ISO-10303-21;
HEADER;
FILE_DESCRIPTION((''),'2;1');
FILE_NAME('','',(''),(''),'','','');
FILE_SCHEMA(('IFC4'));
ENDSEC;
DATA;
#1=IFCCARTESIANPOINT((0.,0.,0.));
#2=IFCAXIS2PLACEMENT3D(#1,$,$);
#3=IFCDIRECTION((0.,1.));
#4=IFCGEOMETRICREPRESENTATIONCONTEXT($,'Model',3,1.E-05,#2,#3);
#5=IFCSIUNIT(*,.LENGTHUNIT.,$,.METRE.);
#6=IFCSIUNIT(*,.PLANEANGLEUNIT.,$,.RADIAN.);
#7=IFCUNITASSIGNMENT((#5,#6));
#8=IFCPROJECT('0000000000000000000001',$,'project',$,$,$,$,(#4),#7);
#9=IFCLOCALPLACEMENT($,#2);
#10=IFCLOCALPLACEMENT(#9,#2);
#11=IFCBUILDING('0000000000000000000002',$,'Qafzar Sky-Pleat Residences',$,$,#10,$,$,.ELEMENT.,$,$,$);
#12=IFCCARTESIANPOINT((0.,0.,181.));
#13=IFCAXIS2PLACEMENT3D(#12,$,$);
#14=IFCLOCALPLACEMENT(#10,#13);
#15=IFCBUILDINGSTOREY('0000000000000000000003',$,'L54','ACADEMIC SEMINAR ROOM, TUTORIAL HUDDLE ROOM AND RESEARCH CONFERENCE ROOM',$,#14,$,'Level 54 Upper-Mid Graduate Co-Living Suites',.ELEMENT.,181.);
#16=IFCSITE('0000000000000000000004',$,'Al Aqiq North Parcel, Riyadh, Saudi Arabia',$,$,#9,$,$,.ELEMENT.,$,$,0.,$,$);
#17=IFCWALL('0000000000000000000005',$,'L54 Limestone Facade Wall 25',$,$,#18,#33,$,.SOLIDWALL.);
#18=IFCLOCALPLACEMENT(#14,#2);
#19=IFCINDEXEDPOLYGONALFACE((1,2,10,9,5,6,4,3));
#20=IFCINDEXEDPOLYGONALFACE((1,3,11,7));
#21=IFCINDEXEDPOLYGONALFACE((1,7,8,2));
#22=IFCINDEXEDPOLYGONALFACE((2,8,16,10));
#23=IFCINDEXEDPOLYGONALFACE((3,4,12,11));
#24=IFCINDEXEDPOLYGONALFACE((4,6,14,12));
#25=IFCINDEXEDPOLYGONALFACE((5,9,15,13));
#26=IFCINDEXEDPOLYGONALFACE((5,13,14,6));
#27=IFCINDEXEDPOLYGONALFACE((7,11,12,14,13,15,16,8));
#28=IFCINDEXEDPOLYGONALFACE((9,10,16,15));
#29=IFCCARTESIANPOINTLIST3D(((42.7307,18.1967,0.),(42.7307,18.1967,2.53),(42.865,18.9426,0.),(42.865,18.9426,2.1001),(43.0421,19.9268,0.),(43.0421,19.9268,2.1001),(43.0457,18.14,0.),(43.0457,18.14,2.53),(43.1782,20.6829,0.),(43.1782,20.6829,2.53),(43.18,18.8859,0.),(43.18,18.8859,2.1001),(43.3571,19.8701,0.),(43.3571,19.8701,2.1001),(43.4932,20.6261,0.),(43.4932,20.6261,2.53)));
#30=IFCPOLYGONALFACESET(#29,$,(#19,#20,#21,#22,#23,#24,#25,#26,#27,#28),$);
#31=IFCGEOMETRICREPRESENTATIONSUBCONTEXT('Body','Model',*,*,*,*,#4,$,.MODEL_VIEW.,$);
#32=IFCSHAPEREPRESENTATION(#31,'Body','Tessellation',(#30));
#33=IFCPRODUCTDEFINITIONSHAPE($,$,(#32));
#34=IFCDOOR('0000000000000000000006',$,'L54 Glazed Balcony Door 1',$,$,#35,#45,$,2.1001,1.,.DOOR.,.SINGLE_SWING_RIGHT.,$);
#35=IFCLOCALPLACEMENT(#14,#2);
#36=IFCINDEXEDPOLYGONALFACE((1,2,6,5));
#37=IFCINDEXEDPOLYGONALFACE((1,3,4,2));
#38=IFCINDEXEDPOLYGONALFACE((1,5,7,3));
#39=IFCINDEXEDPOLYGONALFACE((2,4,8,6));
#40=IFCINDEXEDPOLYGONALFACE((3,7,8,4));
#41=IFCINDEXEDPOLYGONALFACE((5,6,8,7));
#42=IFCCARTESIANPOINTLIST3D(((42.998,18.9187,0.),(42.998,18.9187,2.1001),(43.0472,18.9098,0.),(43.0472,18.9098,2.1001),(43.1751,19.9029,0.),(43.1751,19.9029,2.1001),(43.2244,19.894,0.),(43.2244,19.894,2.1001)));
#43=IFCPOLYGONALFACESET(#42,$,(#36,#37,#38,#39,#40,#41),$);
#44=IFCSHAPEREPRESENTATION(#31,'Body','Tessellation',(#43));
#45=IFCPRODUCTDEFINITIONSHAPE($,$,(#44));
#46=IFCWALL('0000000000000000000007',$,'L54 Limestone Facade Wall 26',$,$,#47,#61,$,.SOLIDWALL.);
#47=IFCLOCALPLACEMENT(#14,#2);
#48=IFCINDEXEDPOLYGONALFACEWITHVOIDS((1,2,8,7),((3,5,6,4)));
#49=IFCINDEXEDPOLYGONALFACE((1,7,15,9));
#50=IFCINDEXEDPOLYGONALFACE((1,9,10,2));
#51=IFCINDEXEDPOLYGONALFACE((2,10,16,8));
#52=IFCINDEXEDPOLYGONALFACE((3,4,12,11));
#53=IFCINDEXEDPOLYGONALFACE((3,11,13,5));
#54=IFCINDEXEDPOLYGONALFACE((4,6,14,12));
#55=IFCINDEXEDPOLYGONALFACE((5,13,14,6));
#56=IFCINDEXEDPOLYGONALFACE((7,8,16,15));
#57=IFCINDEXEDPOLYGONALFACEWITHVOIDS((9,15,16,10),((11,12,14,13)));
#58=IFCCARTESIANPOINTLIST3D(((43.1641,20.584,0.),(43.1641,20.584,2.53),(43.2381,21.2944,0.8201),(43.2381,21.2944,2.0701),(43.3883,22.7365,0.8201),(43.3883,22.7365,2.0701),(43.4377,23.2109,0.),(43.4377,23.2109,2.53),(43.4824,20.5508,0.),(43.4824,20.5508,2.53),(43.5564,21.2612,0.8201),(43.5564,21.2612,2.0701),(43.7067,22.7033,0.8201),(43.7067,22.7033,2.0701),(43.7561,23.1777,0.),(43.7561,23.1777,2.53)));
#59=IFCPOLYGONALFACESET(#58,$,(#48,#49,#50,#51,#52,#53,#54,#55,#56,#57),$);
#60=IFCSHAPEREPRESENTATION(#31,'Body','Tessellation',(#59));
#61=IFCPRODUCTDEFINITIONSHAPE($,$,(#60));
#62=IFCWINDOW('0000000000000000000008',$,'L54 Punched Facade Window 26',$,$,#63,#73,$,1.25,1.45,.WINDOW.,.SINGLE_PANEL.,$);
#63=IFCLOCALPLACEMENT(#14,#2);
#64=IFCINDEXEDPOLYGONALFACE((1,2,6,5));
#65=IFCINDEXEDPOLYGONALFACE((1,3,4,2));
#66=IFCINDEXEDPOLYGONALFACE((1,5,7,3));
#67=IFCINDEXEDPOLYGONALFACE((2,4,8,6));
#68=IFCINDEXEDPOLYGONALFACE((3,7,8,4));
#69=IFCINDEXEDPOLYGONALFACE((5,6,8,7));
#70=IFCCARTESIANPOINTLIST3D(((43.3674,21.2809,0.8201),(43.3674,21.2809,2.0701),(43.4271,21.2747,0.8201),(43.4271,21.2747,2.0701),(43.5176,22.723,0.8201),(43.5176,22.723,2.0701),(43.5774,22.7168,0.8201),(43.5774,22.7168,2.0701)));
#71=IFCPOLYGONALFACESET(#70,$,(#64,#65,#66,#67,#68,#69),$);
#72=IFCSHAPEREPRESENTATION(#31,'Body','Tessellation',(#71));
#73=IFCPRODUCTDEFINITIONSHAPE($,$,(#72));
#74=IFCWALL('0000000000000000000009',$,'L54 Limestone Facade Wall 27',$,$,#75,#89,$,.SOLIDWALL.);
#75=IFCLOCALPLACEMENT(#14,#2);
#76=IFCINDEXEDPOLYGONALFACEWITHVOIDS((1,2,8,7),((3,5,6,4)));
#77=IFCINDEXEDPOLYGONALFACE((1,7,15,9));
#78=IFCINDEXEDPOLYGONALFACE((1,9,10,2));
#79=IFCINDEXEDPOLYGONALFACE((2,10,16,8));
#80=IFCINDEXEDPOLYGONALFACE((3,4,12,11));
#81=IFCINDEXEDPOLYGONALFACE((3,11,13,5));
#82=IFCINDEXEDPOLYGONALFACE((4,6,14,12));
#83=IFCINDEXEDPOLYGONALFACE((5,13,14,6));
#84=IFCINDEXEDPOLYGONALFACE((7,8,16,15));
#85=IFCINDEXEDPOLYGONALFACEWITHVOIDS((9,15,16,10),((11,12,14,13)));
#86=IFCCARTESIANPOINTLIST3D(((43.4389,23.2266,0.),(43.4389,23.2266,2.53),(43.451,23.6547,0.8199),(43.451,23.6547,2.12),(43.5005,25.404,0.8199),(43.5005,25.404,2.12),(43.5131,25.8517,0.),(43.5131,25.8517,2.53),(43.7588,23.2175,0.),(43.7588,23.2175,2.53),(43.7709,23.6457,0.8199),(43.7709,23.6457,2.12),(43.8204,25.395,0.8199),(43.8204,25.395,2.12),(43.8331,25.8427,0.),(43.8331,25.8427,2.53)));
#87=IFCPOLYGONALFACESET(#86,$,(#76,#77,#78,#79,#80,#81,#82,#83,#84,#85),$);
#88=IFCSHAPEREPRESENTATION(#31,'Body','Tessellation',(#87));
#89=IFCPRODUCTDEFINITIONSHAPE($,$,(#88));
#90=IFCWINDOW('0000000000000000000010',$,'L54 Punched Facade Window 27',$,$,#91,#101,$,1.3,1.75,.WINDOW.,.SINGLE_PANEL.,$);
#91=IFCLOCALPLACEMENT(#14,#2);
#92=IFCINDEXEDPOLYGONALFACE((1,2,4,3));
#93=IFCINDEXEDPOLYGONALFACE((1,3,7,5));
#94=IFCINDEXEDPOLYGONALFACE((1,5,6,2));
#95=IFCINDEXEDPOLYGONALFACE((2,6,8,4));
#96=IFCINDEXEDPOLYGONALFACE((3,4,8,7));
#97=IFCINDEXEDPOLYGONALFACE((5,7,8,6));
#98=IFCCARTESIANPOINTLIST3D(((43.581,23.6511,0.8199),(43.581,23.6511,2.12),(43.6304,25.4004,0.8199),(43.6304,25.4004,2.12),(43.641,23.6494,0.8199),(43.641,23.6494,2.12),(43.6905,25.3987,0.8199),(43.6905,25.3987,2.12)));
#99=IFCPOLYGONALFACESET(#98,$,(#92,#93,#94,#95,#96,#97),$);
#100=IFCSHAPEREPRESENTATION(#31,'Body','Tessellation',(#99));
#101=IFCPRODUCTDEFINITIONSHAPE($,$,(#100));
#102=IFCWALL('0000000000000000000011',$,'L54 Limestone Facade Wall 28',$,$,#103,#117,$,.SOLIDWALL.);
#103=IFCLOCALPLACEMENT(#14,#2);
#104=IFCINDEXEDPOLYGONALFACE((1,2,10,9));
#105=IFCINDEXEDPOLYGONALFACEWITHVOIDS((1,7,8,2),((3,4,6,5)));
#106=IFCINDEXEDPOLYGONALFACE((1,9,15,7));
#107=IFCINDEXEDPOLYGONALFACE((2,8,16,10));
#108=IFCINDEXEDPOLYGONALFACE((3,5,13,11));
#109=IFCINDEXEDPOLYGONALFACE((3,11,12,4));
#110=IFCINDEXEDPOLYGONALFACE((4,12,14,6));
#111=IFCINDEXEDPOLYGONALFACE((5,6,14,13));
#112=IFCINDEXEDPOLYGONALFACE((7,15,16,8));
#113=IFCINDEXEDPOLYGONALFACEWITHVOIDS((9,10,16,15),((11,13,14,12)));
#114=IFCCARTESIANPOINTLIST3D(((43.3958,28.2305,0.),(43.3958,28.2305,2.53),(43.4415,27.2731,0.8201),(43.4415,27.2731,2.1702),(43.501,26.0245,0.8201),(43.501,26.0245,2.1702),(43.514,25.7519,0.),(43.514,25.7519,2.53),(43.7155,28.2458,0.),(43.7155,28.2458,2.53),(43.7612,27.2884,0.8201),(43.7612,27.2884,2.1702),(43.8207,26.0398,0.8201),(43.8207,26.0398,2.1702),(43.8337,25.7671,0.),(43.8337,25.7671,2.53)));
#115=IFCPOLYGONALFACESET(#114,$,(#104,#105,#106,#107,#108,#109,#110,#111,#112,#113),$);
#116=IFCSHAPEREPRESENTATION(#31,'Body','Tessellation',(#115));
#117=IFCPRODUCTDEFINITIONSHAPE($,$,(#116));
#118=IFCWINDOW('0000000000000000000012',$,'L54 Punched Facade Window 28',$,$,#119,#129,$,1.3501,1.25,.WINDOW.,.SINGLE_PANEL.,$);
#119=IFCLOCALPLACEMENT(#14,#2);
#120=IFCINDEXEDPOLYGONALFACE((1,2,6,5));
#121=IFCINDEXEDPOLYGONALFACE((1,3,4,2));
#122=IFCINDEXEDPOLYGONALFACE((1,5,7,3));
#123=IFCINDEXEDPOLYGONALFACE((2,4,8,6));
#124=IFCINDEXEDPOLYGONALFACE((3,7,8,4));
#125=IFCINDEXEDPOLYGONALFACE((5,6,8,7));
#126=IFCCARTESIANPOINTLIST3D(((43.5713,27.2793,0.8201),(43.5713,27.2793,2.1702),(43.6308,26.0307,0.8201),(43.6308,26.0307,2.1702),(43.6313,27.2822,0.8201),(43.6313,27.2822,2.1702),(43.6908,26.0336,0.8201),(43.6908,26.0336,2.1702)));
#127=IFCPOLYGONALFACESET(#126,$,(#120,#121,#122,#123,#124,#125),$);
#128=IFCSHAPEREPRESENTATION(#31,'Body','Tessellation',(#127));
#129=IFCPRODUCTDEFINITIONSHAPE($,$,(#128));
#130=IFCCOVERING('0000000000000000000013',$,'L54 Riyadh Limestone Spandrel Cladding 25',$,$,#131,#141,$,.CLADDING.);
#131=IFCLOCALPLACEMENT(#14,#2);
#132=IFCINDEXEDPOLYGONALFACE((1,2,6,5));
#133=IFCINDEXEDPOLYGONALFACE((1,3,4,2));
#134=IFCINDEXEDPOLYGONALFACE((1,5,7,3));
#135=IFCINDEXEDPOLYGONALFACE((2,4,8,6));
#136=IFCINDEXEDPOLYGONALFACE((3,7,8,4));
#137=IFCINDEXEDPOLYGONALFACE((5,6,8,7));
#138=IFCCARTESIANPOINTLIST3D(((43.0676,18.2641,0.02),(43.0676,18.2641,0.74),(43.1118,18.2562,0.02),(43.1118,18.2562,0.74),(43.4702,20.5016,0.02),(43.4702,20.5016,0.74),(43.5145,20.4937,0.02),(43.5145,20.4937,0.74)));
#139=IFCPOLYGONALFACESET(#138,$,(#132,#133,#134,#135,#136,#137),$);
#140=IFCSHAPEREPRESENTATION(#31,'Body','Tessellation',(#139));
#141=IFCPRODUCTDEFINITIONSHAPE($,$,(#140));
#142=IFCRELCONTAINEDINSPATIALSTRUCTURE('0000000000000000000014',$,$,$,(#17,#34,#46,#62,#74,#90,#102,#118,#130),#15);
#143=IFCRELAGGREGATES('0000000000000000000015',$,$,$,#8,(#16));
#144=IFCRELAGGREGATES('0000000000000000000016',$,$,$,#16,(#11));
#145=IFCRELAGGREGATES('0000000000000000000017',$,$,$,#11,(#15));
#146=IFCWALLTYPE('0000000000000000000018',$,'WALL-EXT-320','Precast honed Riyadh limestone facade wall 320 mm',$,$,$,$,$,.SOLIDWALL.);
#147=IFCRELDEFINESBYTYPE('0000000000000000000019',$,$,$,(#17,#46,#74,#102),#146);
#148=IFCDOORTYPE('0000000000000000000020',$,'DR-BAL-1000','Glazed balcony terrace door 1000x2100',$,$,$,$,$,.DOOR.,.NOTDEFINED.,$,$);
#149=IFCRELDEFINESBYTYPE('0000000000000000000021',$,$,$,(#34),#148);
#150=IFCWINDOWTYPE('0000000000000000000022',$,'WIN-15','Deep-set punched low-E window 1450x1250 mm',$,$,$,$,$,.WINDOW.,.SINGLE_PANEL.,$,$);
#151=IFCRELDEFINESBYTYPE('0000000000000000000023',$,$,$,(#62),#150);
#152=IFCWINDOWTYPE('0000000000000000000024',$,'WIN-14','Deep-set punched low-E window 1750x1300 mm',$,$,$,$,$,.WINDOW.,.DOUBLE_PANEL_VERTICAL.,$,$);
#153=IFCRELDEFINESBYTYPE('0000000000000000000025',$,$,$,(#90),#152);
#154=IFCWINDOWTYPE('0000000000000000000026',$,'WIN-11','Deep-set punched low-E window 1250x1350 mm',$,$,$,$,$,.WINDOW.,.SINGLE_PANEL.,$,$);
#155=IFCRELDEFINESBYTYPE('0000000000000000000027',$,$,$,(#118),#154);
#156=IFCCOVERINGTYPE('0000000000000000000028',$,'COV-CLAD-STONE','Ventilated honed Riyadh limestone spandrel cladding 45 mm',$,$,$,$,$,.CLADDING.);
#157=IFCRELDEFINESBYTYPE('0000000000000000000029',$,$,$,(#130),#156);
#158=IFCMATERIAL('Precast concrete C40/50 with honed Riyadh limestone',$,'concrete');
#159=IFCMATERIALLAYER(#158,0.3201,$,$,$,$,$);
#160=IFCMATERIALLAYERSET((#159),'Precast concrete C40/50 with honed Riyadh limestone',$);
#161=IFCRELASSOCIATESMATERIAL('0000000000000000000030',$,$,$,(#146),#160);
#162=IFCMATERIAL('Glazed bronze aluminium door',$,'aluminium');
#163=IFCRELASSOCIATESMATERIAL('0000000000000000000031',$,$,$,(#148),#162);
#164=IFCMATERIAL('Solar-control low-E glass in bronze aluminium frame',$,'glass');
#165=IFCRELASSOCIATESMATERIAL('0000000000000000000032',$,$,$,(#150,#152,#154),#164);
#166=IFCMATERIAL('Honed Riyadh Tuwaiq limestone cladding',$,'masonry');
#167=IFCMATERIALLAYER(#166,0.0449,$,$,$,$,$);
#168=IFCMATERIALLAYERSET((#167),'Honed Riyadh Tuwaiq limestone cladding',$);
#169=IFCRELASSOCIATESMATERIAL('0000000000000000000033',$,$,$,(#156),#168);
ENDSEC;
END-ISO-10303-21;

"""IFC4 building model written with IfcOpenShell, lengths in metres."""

from ifc_helpers import new_model, si_unit, direction, frame, frame_2d, origin, origin_2d, place, context, subcontext, project, spatial, rectangle, extrude, source, transform, mapped, material, layer, layer_set, type_object, element, fill, save


model = new_model("IFC4")

# Units and contexts
model_context = context("Model", 3, precision=1e-05, world=origin(), true_north=direction((0.0, 1.0)))
body_context = subcontext(model_context, "Body", "Model", "MODEL_VIEW")
ifc_project = project(units=[si_unit("LENGTHUNIT", "METRE"), si_unit("PLANEANGLEUNIT", "RADIAN")], contexts=[model_context])

# Site, building, storey
site_placement = place(None, origin())
site = spatial("IfcSite", under=ifc_project, at=site_placement, Name="Al Aqiq North Parcel, Riyadh, Saudi Arabia", CompositionType="ELEMENT", RefElevation=0.0)
building_placement = place(site_placement, origin())
building = spatial("IfcBuilding", under=site, at=building_placement, Name="Qafzar Sky-Pleat Residences", CompositionType="ELEMENT")
storey_placement = place(building_placement, frame((0.0, 0.0, 181.0)))
storey = spatial("IfcBuildingStorey", under=building, at=storey_placement, Name="L54", Description="ACADEMIC SEMINAR ROOM, TUTORIAL HUDDLE ROOM AND RESEARCH CONFERENCE ROOM", LongName="Level 54 Upper-Mid Graduate Co-Living Suites", CompositionType="ELEMENT", Elevation=181.0)

# Wall, opening, door
ifc_material_1 = material(Name="Precast concrete C40/50 with honed Riyadh limestone", Category="concrete")
ifc_layer_1 = layer(ifc_material_1, 0.3201)
ifc_layer_set_1 = layer_set([ifc_layer_1], Name="Precast concrete C40/50 with honed Riyadh limestone")
wall_type_1 = type_object("IfcWallType", Name="WALL-EXT-320", Description="Precast honed Riyadh limestone facade wall 320 mm", PredefinedType="SOLIDWALL", material=ifc_layer_set_1)
wall_1_placement = place(storey_placement, frame((42.8882, 18.1682, 0.0), z_axis=(0.0, 0.0, 1.0), x_axis=(0.177159, 0.984182, 0.0)))
wall_1 = element("IfcWall", 1, at=wall_1_placement, inside=storey, type_object=wall_type_1, Name="L54 Limestone Facade Wall 25", PredefinedType="SOLIDWALL", context=body_context, shape_type="SweptSolid", body=[
    extrude(rectangle(XDim=2.5261, YDim=0.3201, at=frame_2d((1.2632, 0.0))), origin(), (0.0, 0.0, 1.0), 2.53),
])
opening_1_placement = place(wall_1_placement, frame((0.7581, 0.0, 0.0)))
opening_1 = element("IfcOpeningElement", 2, at=opening_1_placement, cuts=wall_1, PredefinedType="OPENING", context=body_context, shape_type="SweptSolid", body=[
    extrude(rectangle(XDim=1.0, YDim=2.1001, at=frame_2d((0.5, 1.05))), frame((0.0, 0.1699, 0.0), z_axis=(0.0, -1.0, 0.0), x_axis=(1.0, 0.0, 0.0)), (0.0, 0.0, 1.0), 0.3401),
])
ifc_material_2 = material(Name="Glazed bronze aluminium door", Category="aluminium")
door_type_1 = type_object("IfcDoorType", Name="DR-BAL-1000", Description="Glazed balcony terrace door 1000x2100", OperationType="NOTDEFINED", PredefinedType="DOOR", material=ifc_material_2)
shared_shape_1 = source(origin(), body_context, "Body", "SweptSolid", [
    extrude(rectangle(XDim=1.0, YDim=2.1001, at=frame_2d((0.5, 1.05))), frame((0.0, 0.0249, 0.0), z_axis=(0.0, -1.0, 0.0), x_axis=(1.0, 0.0, 0.0)), (0.0, 0.0, 1.0), 0.05),
])
door_1_placement = place(opening_1_placement, origin())
door_1 = element("IfcDoor", 3, at=door_1_placement, inside=storey, type_object=door_type_1, Name="L54 Glazed Balcony Door 1", OperationType="SINGLE_SWING_RIGHT", OverallHeight=2.1001, OverallWidth=1.0, PredefinedType="DOOR", context=body_context, shape_type="MappedRepresentation", body=[
    mapped(shared_shape_1, transform((0.0, 0.0, 0.0), x_axis=(1.0, 0.0, 0.0), y_axis=(0.0, 1.0, 0.0), z_axis=(0.0, 0.0, 1.0), scale=1.0)),
])
fill(opening_1, door_1)

# Walls, openings, windows
wall_2_placement = place(storey_placement, frame((43.3232, 20.5674, 0.0), z_axis=(0.0, 0.0, 1.0), x_axis=(0.103621, 0.994617, 0.0)))
wall_2 = element("IfcWall", 4, at=wall_2_placement, inside=storey, type_object=wall_type_1, Name="L54 Limestone Facade Wall 26", PredefinedType="SOLIDWALL", context=body_context, shape_type="SweptSolid", body=[
    extrude(rectangle(XDim=2.6411, YDim=0.3201, at=frame_2d((1.3206, 0.0))), origin(), (0.0, 0.0, 1.0), 2.53),
])
opening_2_placement = place(wall_2_placement, frame((0.7141, 0.0, 0.8201)))
opening_2 = element("IfcOpeningElement", 5, at=opening_2_placement, cuts=wall_2, PredefinedType="OPENING", context=body_context, shape_type="SweptSolid", body=[
    extrude(rectangle(XDim=1.45, YDim=1.25, at=frame_2d((0.7251, 0.625))), frame((0.0, 0.1699, 0.0), z_axis=(0.0, -1.0, 0.0), x_axis=(1.0, 0.0, 0.0)), (0.0, 0.0, 1.0), 0.3401),
])
ifc_material_3 = material(Name="Solar-control low-E glass in bronze aluminium frame", Category="glass")
window_type_1 = type_object("IfcWindowType", Name="WIN-15", Description="Deep-set punched low-E window 1450x1250 mm", PartitioningType="SINGLE_PANEL", PredefinedType="WINDOW", material=ifc_material_3)
shared_shape_2 = source(origin(), body_context, "Body", "SweptSolid", [
    extrude(rectangle(XDim=1.45, YDim=1.25, at=frame_2d((0.7251, 0.625))), frame((0.0, 0.03, 0.0), z_axis=(0.0, -1.0, 0.0), x_axis=(1.0, 0.0, 0.0)), (0.0, 0.0, 1.0), 0.0601),
])
window_1_placement = place(opening_2_placement, origin())
window_1 = element("IfcWindow", 6, at=window_1_placement, inside=storey, type_object=window_type_1, Name="L54 Punched Facade Window 26", OverallHeight=1.25, OverallWidth=1.45, PartitioningType="SINGLE_PANEL", PredefinedType="WINDOW", context=body_context, shape_type="MappedRepresentation", body=[
    mapped(shared_shape_2, transform((0.0, 0.0, 0.0), x_axis=(1.0, 0.0, 0.0), y_axis=(0.0, 1.0, 0.0), z_axis=(0.0, 0.0, 1.0), scale=1.0)),
])
fill(opening_2, window_1)
wall_3_placement = place(storey_placement, frame((43.5989, 23.2222, 0.0), z_axis=(0.0, 0.0, 1.0), x_axis=(0.02826, 0.999601, 0.0)))
wall_3 = element("IfcWall", 7, at=wall_3_placement, inside=storey, type_object=wall_type_1, Name="L54 Limestone Facade Wall 27", PredefinedType="SOLIDWALL", context=body_context, shape_type="SweptSolid", body=[
    extrude(rectangle(XDim=2.6262, YDim=0.3201, at=frame_2d((1.313, 0.0))), origin(), (0.0, 0.0, 1.0), 2.53),
])
opening_3_placement = place(wall_3_placement, frame((0.4282, 0.0, 0.8201)))
opening_3 = element("IfcOpeningElement", 8, at=opening_3_placement, cuts=wall_3, PredefinedType="OPENING", context=body_context, shape_type="SweptSolid", body=[
    extrude(rectangle(XDim=1.75, YDim=1.3, at=frame_2d((0.875, 0.6499))), frame((0.0, 0.1699, 0.0), z_axis=(0.0, -1.0, 0.0), x_axis=(1.0, 0.0, 0.0)), (0.0, 0.0, 1.0), 0.3401),
])
window_type_2 = type_object("IfcWindowType", Name="WIN-14", Description="Deep-set punched low-E window 1750x1300 mm", PartitioningType="DOUBLE_PANEL_VERTICAL", PredefinedType="WINDOW", material=ifc_material_3)
shared_shape_3 = source(origin(), body_context, "Body", "SweptSolid", [
    extrude(rectangle(XDim=1.75, YDim=1.3, at=frame_2d((0.875, 0.6499))), frame((0.0, 0.03, 0.0), z_axis=(0.0, -1.0, 0.0), x_axis=(1.0, 0.0, 0.0)), (0.0, 0.0, 1.0), 0.0601),
])
window_2_placement = place(opening_3_placement, origin())
window_2 = element("IfcWindow", 9, at=window_2_placement, inside=storey, type_object=window_type_2, Name="L54 Punched Facade Window 27", OverallHeight=1.3, OverallWidth=1.75, PartitioningType="SINGLE_PANEL", PredefinedType="WINDOW", context=body_context, shape_type="MappedRepresentation", body=[
    mapped(shared_shape_3, transform((0.0, 0.0, 0.0), x_axis=(1.0, 0.0, 0.0), y_axis=(0.0, 1.0, 0.0), z_axis=(0.0, 0.0, 1.0), scale=1.0)),
])
fill(opening_3, window_2)
wall_4_placement = place(storey_placement, frame((43.6738, 25.7595, 0.0), z_axis=(0.0, 0.0, 1.0), x_axis=(-0.047621, 0.998865, 0.0)))
wall_4 = element("IfcWall", 10, at=wall_4_placement, inside=storey, type_object=wall_type_1, Name="L54 Limestone Facade Wall 28", PredefinedType="SOLIDWALL", context=body_context, shape_type="SweptSolid", body=[
    extrude(rectangle(XDim=2.4814, YDim=0.3201, at=frame_2d((1.2407, 0.0))), origin(), (0.0, 0.0, 1.0), 2.53),
])
opening_4_placement = place(wall_4_placement, frame((0.2729, 0.0, 0.8201)))
opening_4 = element("IfcOpeningElement", 11, at=opening_4_placement, cuts=wall_4, PredefinedType="OPENING", context=body_context, shape_type="SweptSolid", body=[
    extrude(rectangle(XDim=1.25, YDim=1.3501, at=frame_2d((0.625, 0.675))), frame((0.0, 0.1699, 0.0), z_axis=(0.0, -1.0, 0.0), x_axis=(1.0, 0.0, 0.0)), (0.0, 0.0, 1.0), 0.3401),
])
window_type_3 = type_object("IfcWindowType", Name="WIN-11", Description="Deep-set punched low-E window 1250x1350 mm", PartitioningType="SINGLE_PANEL", PredefinedType="WINDOW", material=ifc_material_3)
shared_shape_4 = source(origin(), body_context, "Body", "SweptSolid", [
    extrude(rectangle(XDim=1.25, YDim=1.3501, at=frame_2d((0.625, 0.675))), frame((0.0, 0.03, 0.0), z_axis=(0.0, -1.0, 0.0), x_axis=(1.0, 0.0, 0.0)), (0.0, 0.0, 1.0), 0.0601),
])
window_3_placement = place(opening_4_placement, origin())
window_3 = element("IfcWindow", 12, at=window_3_placement, inside=storey, type_object=window_type_3, Name="L54 Punched Facade Window 28", OverallHeight=1.3501, OverallWidth=1.25, PartitioningType="SINGLE_PANEL", PredefinedType="WINDOW", context=body_context, shape_type="MappedRepresentation", body=[
    mapped(shared_shape_4, transform((0.0, 0.0, 0.0), x_axis=(1.0, 0.0, 0.0), y_axis=(0.0, 1.0, 0.0), z_axis=(0.0, 0.0, 1.0), scale=1.0)),
])
fill(opening_4, window_3)

# Covering
ifc_material_4 = material(Name="Honed Riyadh Tuwaiq limestone cladding", Category="masonry")
ifc_layer_2 = layer(ifc_material_4, 0.0449)
ifc_layer_set_2 = layer_set([ifc_layer_2], Name="Honed Riyadh Tuwaiq limestone cladding")
covering_type = type_object("IfcCoveringType", Name="COV-CLAD-STONE", Description="Ventilated honed Riyadh limestone spandrel cladding 45 mm", PredefinedType="CLADDING", material=ifc_layer_set_2)
shared_shape_5 = source(origin(), body_context, "Body", "SweptSolid", [
    extrude(rectangle(XDim=2.2734, YDim=0.0449, at=origin_2d()), origin(), (0.0, 0.0, 1.0), 0.72),
])
covering_placement = place(storey_placement, frame((43.291, 19.3789, 0.02), z_axis=(0.0, 0.0, 1.0), x_axis=(0.177115, 0.98419, 0.0)))
element("IfcCovering", 13, at=covering_placement, inside=storey, type_object=covering_type, Name="L54 Riyadh Limestone Spandrel Cladding 25", PredefinedType="CLADDING", context=body_context, shape_type="MappedRepresentation", body=[
    mapped(shared_shape_5, transform((0.0, 0.0, 0.0), x_axis=(1.0, 0.0, 0.0), y_axis=(0.0, 1.0, 0.0), z_axis=(0.0, 0.0, 1.0), scale=1.0)),
])

save(model, "model.ifc")
